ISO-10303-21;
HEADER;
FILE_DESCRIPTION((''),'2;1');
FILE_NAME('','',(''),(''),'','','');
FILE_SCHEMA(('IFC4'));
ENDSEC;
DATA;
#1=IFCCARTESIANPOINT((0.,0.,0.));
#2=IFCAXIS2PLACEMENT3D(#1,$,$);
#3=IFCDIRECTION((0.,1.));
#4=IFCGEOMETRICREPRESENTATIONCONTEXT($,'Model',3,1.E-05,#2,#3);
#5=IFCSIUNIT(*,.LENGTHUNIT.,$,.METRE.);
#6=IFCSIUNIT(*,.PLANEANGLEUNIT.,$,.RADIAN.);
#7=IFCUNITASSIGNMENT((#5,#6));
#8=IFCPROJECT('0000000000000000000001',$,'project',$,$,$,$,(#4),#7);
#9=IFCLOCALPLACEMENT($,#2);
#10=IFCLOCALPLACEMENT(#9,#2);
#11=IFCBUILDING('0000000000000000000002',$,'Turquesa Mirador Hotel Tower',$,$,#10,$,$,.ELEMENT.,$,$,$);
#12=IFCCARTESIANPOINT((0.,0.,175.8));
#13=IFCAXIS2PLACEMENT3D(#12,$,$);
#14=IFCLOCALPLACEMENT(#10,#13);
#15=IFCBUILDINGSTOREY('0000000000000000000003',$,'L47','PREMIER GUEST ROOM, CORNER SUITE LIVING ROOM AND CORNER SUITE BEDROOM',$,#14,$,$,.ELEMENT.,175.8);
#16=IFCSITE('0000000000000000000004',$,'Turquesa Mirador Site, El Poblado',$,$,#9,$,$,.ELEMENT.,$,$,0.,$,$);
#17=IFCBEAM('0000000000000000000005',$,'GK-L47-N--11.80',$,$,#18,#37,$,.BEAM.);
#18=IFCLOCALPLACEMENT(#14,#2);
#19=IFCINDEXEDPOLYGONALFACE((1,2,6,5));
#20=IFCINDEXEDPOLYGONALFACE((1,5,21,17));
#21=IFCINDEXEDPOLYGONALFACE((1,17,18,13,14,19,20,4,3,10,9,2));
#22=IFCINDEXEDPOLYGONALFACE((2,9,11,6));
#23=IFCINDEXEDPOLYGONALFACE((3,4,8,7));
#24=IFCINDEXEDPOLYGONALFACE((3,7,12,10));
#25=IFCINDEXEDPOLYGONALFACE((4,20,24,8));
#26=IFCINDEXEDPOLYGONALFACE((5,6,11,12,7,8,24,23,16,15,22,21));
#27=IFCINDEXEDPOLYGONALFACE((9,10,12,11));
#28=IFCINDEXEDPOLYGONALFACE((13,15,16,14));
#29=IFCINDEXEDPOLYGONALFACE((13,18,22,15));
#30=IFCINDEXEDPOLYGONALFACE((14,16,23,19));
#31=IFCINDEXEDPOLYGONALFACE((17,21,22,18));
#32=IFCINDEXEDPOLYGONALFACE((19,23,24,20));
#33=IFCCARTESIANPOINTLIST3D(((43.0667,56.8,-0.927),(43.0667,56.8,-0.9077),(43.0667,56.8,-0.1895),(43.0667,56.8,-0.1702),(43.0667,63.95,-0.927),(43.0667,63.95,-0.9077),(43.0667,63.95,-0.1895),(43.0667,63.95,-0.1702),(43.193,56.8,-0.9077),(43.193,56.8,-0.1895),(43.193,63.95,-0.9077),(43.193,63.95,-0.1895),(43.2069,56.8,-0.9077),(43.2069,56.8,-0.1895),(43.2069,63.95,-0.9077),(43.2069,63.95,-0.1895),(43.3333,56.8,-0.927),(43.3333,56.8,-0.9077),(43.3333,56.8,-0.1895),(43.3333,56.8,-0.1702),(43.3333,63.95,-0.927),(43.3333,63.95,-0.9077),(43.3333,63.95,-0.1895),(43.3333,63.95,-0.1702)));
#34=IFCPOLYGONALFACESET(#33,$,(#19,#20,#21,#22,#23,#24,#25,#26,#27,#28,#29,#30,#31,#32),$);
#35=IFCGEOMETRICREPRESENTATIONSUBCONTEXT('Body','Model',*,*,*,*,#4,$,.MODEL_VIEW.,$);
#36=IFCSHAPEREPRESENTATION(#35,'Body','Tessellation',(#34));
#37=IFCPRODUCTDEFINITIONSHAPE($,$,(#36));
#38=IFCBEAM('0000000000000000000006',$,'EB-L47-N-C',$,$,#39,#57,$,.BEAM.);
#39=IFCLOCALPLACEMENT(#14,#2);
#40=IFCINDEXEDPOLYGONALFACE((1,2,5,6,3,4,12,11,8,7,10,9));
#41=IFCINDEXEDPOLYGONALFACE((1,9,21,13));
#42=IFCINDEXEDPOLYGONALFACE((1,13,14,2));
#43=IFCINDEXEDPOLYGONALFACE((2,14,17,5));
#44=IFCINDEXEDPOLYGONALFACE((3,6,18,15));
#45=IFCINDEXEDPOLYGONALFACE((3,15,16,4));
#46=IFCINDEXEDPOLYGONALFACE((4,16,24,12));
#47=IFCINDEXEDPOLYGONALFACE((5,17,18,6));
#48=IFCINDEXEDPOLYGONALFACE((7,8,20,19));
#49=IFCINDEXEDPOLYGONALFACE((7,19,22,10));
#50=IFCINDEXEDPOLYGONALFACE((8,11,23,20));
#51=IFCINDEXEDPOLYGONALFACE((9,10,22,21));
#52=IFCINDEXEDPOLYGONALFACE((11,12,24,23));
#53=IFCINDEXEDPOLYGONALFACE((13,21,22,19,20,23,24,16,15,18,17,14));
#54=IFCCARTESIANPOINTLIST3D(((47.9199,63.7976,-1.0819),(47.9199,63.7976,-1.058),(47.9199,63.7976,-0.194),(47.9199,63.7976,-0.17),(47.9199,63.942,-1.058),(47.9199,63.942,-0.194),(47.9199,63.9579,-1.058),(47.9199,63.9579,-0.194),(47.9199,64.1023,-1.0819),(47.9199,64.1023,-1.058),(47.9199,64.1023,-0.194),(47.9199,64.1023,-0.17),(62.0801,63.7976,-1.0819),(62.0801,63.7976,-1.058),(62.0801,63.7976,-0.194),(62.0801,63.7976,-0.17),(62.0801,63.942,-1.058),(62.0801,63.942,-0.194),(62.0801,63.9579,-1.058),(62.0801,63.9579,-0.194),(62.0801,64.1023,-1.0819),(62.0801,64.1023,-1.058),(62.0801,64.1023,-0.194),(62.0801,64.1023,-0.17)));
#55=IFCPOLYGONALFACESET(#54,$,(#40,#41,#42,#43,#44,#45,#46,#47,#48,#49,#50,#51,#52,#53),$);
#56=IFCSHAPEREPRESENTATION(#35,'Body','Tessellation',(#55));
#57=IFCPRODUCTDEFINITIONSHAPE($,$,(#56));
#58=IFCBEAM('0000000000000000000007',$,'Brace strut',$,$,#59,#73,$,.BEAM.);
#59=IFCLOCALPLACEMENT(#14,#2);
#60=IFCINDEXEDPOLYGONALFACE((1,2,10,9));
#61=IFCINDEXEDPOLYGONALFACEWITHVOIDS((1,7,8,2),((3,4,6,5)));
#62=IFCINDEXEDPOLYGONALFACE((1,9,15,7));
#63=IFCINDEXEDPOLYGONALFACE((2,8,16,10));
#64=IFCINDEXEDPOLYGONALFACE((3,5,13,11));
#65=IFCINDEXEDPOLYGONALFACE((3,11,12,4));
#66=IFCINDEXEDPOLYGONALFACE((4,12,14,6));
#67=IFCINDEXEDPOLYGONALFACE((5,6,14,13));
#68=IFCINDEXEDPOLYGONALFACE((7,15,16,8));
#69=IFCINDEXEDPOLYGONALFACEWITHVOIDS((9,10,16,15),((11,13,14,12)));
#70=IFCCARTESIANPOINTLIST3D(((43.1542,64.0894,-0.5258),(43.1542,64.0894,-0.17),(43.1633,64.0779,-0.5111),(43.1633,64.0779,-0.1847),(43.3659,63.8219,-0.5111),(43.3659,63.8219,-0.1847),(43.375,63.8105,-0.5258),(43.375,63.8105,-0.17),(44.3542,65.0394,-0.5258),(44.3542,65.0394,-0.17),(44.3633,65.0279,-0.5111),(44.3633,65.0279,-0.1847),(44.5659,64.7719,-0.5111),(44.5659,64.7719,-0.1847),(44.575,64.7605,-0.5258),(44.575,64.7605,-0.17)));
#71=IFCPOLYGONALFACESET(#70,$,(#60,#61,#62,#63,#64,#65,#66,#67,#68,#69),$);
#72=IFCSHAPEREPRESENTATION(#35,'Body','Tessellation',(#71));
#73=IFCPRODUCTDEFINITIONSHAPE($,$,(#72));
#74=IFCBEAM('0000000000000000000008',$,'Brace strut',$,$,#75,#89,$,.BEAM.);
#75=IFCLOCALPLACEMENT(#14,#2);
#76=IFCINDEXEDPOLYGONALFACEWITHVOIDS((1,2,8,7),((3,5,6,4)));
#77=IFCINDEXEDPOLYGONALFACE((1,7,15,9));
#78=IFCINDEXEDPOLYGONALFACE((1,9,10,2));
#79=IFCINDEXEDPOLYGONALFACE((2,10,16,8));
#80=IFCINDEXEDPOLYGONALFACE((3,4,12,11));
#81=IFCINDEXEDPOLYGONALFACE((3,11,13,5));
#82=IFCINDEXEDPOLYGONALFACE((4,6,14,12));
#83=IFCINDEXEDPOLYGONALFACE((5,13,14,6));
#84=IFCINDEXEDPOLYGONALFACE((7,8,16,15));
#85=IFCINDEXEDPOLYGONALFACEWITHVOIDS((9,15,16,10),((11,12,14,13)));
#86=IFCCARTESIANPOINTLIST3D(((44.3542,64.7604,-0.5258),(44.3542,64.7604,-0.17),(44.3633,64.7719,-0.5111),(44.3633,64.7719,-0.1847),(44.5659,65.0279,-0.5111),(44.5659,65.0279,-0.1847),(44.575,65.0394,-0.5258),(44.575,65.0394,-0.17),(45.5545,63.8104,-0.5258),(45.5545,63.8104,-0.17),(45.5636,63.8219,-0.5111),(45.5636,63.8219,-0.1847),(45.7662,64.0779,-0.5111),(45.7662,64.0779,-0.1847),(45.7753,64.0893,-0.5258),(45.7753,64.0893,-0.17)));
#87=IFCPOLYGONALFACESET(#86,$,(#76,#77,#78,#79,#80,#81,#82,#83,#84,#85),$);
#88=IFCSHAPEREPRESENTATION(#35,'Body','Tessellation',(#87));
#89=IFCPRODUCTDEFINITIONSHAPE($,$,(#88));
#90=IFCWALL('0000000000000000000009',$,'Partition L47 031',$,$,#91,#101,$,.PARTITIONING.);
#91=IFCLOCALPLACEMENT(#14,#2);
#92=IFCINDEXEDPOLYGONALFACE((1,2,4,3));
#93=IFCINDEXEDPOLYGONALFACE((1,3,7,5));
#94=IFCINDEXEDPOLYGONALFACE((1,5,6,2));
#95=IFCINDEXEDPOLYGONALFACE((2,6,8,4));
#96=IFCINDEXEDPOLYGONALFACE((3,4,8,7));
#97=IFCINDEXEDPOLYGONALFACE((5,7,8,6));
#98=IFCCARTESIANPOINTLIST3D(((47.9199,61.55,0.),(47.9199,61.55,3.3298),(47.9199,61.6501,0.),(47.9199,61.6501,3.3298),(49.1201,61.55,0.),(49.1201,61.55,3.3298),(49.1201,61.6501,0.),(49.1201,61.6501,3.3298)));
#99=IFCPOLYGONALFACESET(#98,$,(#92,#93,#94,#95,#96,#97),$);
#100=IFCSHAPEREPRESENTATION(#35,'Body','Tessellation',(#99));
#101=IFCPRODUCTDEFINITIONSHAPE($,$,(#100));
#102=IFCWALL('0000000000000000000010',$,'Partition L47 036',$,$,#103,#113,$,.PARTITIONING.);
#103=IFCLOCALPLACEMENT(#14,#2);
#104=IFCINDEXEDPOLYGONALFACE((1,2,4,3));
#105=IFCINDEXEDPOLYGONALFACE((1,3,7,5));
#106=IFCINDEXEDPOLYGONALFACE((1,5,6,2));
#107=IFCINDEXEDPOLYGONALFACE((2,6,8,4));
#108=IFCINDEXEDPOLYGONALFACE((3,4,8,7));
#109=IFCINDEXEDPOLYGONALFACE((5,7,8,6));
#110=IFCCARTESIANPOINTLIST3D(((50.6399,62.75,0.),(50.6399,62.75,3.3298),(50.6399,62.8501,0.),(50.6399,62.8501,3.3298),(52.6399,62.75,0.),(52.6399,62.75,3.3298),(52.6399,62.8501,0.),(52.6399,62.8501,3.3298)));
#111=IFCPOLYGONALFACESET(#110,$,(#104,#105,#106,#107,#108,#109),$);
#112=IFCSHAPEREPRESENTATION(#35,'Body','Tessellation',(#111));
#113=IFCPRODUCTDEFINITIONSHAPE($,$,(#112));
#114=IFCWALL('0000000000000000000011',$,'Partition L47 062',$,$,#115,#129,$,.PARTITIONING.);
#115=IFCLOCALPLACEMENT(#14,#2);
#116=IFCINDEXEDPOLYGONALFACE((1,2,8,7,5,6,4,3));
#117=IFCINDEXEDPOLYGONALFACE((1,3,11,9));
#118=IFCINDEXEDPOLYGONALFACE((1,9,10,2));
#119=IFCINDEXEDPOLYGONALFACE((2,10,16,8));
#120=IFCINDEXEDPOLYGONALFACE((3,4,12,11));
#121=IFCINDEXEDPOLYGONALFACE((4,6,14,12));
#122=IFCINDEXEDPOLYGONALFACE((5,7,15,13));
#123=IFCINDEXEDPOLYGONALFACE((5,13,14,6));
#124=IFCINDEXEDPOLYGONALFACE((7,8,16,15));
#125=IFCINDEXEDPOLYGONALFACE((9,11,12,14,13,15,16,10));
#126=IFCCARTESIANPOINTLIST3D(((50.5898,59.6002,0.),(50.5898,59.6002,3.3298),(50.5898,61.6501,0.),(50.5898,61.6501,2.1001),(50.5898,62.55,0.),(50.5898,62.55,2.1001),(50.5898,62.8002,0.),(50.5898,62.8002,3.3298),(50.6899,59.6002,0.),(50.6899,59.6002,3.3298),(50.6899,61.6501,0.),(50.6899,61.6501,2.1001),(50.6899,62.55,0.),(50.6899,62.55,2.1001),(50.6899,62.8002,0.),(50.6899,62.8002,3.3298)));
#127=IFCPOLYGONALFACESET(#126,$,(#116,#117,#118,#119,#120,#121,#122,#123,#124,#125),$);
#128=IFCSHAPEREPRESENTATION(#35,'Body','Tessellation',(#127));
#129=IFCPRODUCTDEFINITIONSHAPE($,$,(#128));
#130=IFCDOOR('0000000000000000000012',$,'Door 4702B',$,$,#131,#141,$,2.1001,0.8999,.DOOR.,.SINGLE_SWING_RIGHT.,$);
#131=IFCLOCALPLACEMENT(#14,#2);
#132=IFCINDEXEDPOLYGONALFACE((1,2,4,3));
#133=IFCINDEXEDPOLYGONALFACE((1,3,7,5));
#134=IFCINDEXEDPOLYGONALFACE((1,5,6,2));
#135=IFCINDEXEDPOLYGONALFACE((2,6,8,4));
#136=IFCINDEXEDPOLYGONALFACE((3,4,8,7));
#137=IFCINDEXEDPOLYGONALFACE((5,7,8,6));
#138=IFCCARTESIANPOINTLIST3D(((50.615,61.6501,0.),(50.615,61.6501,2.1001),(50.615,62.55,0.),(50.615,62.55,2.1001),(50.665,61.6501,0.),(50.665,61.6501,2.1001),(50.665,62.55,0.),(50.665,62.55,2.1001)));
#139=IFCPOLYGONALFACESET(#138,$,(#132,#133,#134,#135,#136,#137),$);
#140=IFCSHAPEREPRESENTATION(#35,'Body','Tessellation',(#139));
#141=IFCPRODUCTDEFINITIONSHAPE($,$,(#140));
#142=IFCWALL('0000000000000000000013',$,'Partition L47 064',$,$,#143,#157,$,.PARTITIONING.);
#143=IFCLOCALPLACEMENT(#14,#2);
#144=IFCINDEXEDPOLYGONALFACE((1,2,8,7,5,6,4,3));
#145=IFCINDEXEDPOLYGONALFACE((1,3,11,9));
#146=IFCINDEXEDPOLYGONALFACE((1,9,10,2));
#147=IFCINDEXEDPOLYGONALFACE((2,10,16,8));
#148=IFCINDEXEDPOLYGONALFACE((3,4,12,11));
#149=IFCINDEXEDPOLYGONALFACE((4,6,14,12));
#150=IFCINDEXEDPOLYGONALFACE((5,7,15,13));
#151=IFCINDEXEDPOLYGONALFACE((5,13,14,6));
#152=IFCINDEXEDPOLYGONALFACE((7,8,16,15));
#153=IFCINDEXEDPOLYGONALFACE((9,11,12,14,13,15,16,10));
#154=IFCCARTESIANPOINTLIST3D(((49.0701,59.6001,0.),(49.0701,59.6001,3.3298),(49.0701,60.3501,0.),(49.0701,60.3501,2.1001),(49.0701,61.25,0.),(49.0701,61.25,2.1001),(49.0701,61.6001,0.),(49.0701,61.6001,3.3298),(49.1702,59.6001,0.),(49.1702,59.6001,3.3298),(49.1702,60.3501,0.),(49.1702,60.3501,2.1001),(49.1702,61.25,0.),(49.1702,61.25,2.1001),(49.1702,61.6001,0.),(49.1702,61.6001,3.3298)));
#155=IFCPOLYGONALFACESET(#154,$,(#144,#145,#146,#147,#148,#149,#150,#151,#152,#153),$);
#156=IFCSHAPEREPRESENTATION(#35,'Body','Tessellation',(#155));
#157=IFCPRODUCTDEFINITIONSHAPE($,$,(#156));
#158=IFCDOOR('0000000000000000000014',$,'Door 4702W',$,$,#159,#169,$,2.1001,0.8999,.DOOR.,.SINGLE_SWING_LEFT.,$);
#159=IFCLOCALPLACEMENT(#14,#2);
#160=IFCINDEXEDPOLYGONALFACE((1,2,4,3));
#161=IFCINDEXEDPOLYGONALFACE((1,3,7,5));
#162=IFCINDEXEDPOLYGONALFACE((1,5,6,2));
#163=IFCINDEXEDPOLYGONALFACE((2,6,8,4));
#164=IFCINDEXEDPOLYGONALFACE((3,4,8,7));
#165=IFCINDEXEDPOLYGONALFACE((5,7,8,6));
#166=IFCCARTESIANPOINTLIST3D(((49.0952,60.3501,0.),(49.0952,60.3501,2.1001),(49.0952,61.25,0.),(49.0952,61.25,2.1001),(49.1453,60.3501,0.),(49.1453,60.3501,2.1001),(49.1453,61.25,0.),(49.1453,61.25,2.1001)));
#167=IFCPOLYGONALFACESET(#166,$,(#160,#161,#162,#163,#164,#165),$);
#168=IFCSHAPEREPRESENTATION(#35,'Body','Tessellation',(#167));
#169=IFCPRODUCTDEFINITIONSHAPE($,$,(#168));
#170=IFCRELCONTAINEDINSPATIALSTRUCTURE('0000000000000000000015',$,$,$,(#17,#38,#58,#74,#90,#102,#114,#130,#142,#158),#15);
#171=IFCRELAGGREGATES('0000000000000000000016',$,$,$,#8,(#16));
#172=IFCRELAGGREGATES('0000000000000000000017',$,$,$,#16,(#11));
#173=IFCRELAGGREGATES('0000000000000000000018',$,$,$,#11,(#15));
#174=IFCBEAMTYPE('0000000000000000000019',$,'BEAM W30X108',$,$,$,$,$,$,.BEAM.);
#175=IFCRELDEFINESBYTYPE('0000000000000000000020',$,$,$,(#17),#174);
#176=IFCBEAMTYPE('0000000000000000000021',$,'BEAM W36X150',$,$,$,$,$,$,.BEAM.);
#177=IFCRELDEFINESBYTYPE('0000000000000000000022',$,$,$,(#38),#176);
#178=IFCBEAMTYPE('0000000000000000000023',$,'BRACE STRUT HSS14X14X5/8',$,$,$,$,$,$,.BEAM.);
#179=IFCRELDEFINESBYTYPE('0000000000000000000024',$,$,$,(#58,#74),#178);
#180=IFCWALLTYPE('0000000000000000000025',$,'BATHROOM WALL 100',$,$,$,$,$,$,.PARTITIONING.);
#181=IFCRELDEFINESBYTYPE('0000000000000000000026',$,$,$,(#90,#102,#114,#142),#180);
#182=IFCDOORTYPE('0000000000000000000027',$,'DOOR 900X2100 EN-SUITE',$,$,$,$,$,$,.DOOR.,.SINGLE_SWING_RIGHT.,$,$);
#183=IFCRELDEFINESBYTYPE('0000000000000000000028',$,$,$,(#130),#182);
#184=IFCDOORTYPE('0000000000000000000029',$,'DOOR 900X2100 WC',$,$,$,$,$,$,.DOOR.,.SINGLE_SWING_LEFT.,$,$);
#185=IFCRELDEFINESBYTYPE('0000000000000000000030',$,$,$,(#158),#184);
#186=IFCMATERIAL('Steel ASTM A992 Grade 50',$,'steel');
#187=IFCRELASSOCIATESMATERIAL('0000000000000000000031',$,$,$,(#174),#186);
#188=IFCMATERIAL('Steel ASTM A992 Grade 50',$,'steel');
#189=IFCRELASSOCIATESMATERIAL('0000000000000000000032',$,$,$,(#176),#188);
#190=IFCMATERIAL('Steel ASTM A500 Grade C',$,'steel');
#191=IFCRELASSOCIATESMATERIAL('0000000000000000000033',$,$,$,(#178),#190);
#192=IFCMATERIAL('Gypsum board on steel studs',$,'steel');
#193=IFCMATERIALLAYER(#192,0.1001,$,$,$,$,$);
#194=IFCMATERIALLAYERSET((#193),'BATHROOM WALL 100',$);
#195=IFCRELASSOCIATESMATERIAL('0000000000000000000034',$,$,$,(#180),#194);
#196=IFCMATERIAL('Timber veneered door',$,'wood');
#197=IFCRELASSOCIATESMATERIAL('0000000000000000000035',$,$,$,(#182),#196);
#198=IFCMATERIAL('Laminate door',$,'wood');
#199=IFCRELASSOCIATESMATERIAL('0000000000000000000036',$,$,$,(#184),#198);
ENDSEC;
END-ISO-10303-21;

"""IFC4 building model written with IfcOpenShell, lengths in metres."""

from ifc_helpers import new_model, si_unit, direction, frame, frame_2d, origin, origin_2d, place, context, subcontext, project, spatial, rectangle, hollow_rectangle, i_section, extrude, material, layer, layer_set, material_profile, profile_set, type_object, element, fill, save


model = new_model("IFC4")

# Units and contexts
model_context = context("Model", 3, precision=1e-05, world=origin(), true_north=direction((0.0, 1.0)))
body_context = subcontext(model_context, "Body", "Model", "MODEL_VIEW")
ifc_project = project(units=[si_unit("LENGTHUNIT", "METRE"), si_unit("PLANEANGLEUNIT", "RADIAN")], contexts=[model_context])

# Site, building, storey
site_placement = place(None, origin())
site = spatial("IfcSite", under=ifc_project, at=site_placement, Name="Turquesa Mirador Site, El Poblado", CompositionType="ELEMENT", RefElevation=0.0)
building_placement = place(site_placement, origin())
building = spatial("IfcBuilding", under=site, at=building_placement, Name="Turquesa Mirador Hotel Tower", CompositionType="ELEMENT")
storey_placement = place(building_placement, frame((0.0, 0.0, 175.8)))
storey = spatial("IfcBuildingStorey", under=building, at=storey_placement, Name="L47", Description="PREMIER GUEST ROOM, CORNER SUITE LIVING ROOM AND CORNER SUITE BEDROOM", CompositionType="ELEMENT", Elevation=175.8)

# Beams
ifc_material_1 = material(Name="Steel ASTM A992 Grade 50", Category="steel")
ifc_material_profile_1 = material_profile(ifc_material_1, i_section(OverallWidth=0.2666, OverallDepth=0.7568, WebThickness=0.0139, FlangeThickness=0.0193, at=origin_2d()), Name="W30X108")
ifc_profile_set_1 = profile_set([ifc_material_profile_1], Name="Steel ASTM A992 Grade 50")
beam_type_1 = type_object("IfcBeamType", Name="BEAM W30X108", PredefinedType="BEAM", material=ifc_profile_set_1)
beam_1_placement = place(storey_placement, frame((43.2, 63.95, -0.5486), z_axis=(0.0, -1.0, 0.0), x_axis=(1.0, 0.0, 0.0)))
element("IfcBeam", 1, at=beam_1_placement, inside=storey, type_object=beam_type_1, Name="GK-L47-N--11.80", PredefinedType="BEAM", context=body_context, shape_type="SweptSolid", body=[
    extrude(i_section(OverallWidth=0.2666, OverallDepth=0.7568, WebThickness=0.0139, FlangeThickness=0.0193, at=origin_2d()), origin(), (0.0, 0.0, 1.0), 7.1499),
])
ifc_material_2 = material(Name="Steel ASTM A992 Grade 50", Category="steel")
ifc_material_profile_2 = material_profile(ifc_material_2, i_section(OverallWidth=0.3047, OverallDepth=0.9119, WebThickness=0.0159, FlangeThickness=0.0239, at=origin_2d()), Name="W36X150")
ifc_profile_set_2 = profile_set([ifc_material_profile_2], Name="Steel ASTM A992 Grade 50")
beam_type_2 = type_object("IfcBeamType", Name="BEAM W36X150", PredefinedType="BEAM", material=ifc_profile_set_2)
beam_2_placement = place(storey_placement, frame((47.9199, 63.95, -0.626), z_axis=(1.0, 0.0, 0.0), x_axis=(0.0, 1.0, 0.0)))
element("IfcBeam", 2, at=beam_2_placement, inside=storey, type_object=beam_type_2, Name="EB-L47-N-C", PredefinedType="BEAM", context=body_context, shape_type="SweptSolid", body=[
    extrude(i_section(OverallWidth=0.3047, OverallDepth=0.9119, WebThickness=0.0159, FlangeThickness=0.0239, at=origin_2d()), origin(), (0.0, 0.0, 1.0), 14.1602),
])
ifc_material_3 = material(Name="Steel ASTM A500 Grade C", Category="steel")
ifc_material_profile_3 = material_profile(ifc_material_3, hollow_rectangle(XDim=0.3557, YDim=0.3557, WallThickness=0.0146, at=origin_2d()), Name="HSS14X14X5/8")
ifc_profile_set_3 = profile_set([ifc_material_profile_3], Name="Steel ASTM A500 Grade C")
beam_type_3 = type_object("IfcBeamType", Name="BRACE STRUT HSS14X14X5/8", PredefinedType="BEAM", material=ifc_profile_set_3)
beam_3_placement = place(storey_placement, frame((44.4646, 64.8999, -0.3479), z_axis=(-0.784049, -0.620699, 0.0), x_axis=(0.620699, -0.784049, 0.0)))
element("IfcBeam", 3, at=beam_3_placement, inside=storey, type_object=beam_type_3, Name="Brace strut", PredefinedType="BEAM", context=body_context, shape_type="SweptSolid", body=[
    extrude(hollow_rectangle(XDim=0.3557, YDim=0.3557, WallThickness=0.0146, at=origin_2d()), origin(), (0.0, 0.0, 1.0), 1.5305),
])
beam_4_placement = place(storey_placement, frame((44.4646, 64.8999, -0.3479), z_axis=(0.784111, -0.620621, 0.0), x_axis=(0.620621, 0.784111, 0.0)))
element("IfcBeam", 4, at=beam_4_placement, inside=storey, type_object=beam_type_3, Name="Brace strut", PredefinedType="BEAM", context=body_context, shape_type="SweptSolid", body=[
    extrude(hollow_rectangle(XDim=0.3557, YDim=0.3557, WallThickness=0.0146, at=origin_2d()), origin(), (0.0, 0.0, 1.0), 1.5308),
])

# Walls
ifc_material_4 = material(Name="Gypsum board on steel studs", Category="steel")
ifc_layer_1 = layer(ifc_material_4, 0.1001)
ifc_layer_set_1 = layer_set([ifc_layer_1], Name="BATHROOM WALL 100")
wall_type_1 = type_object("IfcWallType", Name="BATHROOM WALL 100", PredefinedType="PARTITIONING", material=ifc_layer_set_1)
wall_1_placement = place(storey_placement, frame((47.9199, 61.6001, 0.0), z_axis=(0.0, 0.0, 1.0), x_axis=(1.0, 0.0, 0.0)))
element("IfcWall", 5, at=wall_1_placement, inside=storey, type_object=wall_type_1, Name="Partition L47 031", PredefinedType="PARTITIONING", context=body_context, shape_type="SweptSolid", body=[
    extrude(rectangle(XDim=1.2002, YDim=0.1001, at=frame_2d((0.6001, 0.0))), origin(), (0.0, 0.0, 1.0), 3.3298),
])
wall_2_placement = place(storey_placement, frame((50.6399, 62.8, 0.0), z_axis=(0.0, 0.0, 1.0), x_axis=(1.0, 0.0, 0.0)))
element("IfcWall", 6, at=wall_2_placement, inside=storey, type_object=wall_type_1, Name="Partition L47 036", PredefinedType="PARTITIONING", context=body_context, shape_type="SweptSolid", body=[
    extrude(rectangle(XDim=2.0, YDim=0.1001, at=frame_2d((1.0, 0.0))), origin(), (0.0, 0.0, 1.0), 3.3298),
])

# Walls, openings, doors
wall_3_placement = place(storey_placement, frame((50.6399, 59.6001, 0.0), z_axis=(0.0, 0.0, 1.0), x_axis=(0.0, 1.0, 0.0)))
wall_3 = element("IfcWall", 7, at=wall_3_placement, inside=storey, type_object=wall_type_1, Name="Partition L47 062", PredefinedType="PARTITIONING", context=body_context, shape_type="SweptSolid", body=[
    extrude(rectangle(XDim=3.2, YDim=0.1001, at=frame_2d((1.6001, 0.0))), origin(), (0.0, 0.0, 1.0), 3.3298),
])
opening_1_placement = place(wall_3_placement, frame((2.05, 0.0, 0.0)))
opening_1 = element("IfcOpeningElement", 8, at=opening_1_placement, cuts=wall_3, PredefinedType="OPENING", context=body_context, shape_type="SweptSolid", body=[
    extrude(rectangle(XDim=0.8999, YDim=2.1001, at=frame_2d((0.45, 1.05))), frame((0.0, 0.0601, 0.0), z_axis=(0.0, -1.0, 0.0), x_axis=(1.0, 0.0, 0.0)), (0.0, 0.0, 1.0), 0.1201),
])
ifc_material_5 = material(Name="Timber veneered door", Category="wood")
door_type_1 = type_object("IfcDoorType", Name="DOOR 900X2100 EN-SUITE", OperationType="SINGLE_SWING_RIGHT", PredefinedType="DOOR", material=ifc_material_5)
door_1_placement = place(opening_1_placement, origin())
door_1 = element("IfcDoor", 9, at=door_1_placement, inside=storey, type_object=door_type_1, Name="Door 4702B", OperationType="SINGLE_SWING_RIGHT", OverallHeight=2.1001, OverallWidth=0.8999, PredefinedType="DOOR", context=body_context, shape_type="SweptSolid", body=[
    extrude(rectangle(XDim=0.8999, YDim=2.1001, at=frame_2d((0.45, 1.05))), frame((0.0, 0.0249, 0.0), z_axis=(0.0, -1.0, 0.0), x_axis=(1.0, 0.0, 0.0)), (0.0, 0.0, 1.0), 0.05),
])
fill(opening_1, door_1)
wall_4_placement = place(storey_placement, frame((49.1201, 59.6001, 0.0), z_axis=(0.0, 0.0, 1.0), x_axis=(0.0, 1.0, 0.0)))
wall_4 = element("IfcWall", 10, at=wall_4_placement, inside=storey, type_object=wall_type_1, Name="Partition L47 064", PredefinedType="PARTITIONING", context=body_context, shape_type="SweptSolid", body=[
    extrude(rectangle(XDim=2.0, YDim=0.1001, at=frame_2d((1.0, 0.0))), origin(), (0.0, 0.0, 1.0), 3.3298),
])
opening_2_placement = place(wall_4_placement, frame((0.75, 0.0, 0.0)))
opening_2 = element("IfcOpeningElement", 11, at=opening_2_placement, cuts=wall_4, PredefinedType="OPENING", context=body_context, shape_type="SweptSolid", body=[
    extrude(rectangle(XDim=0.8999, YDim=2.1001, at=frame_2d((0.45, 1.05))), frame((0.0, 0.0601, 0.0), z_axis=(0.0, -1.0, 0.0), x_axis=(1.0, 0.0, 0.0)), (0.0, 0.0, 1.0), 0.1201),
])
ifc_material_6 = material(Name="Laminate door", Category="wood")
door_type_2 = type_object("IfcDoorType", Name="DOOR 900X2100 WC", OperationType="SINGLE_SWING_LEFT", PredefinedType="DOOR", material=ifc_material_6)
door_2_placement = place(opening_2_placement, origin())
door_2 = element("IfcDoor", 12, at=door_2_placement, inside=storey, type_object=door_type_2, Name="Door 4702W", OperationType="SINGLE_SWING_LEFT", OverallHeight=2.1001, OverallWidth=0.8999, PredefinedType="DOOR", context=body_context, shape_type="SweptSolid", body=[
    extrude(rectangle(XDim=0.8999, YDim=2.1001, at=frame_2d((0.45, 1.05))), frame((0.0, 0.0249, 0.0), z_axis=(0.0, -1.0, 0.0), x_axis=(1.0, 0.0, 0.0)), (0.0, 0.0, 1.0), 0.05),
])
fill(opening_2, door_2)

save(model, "model.ifc")
